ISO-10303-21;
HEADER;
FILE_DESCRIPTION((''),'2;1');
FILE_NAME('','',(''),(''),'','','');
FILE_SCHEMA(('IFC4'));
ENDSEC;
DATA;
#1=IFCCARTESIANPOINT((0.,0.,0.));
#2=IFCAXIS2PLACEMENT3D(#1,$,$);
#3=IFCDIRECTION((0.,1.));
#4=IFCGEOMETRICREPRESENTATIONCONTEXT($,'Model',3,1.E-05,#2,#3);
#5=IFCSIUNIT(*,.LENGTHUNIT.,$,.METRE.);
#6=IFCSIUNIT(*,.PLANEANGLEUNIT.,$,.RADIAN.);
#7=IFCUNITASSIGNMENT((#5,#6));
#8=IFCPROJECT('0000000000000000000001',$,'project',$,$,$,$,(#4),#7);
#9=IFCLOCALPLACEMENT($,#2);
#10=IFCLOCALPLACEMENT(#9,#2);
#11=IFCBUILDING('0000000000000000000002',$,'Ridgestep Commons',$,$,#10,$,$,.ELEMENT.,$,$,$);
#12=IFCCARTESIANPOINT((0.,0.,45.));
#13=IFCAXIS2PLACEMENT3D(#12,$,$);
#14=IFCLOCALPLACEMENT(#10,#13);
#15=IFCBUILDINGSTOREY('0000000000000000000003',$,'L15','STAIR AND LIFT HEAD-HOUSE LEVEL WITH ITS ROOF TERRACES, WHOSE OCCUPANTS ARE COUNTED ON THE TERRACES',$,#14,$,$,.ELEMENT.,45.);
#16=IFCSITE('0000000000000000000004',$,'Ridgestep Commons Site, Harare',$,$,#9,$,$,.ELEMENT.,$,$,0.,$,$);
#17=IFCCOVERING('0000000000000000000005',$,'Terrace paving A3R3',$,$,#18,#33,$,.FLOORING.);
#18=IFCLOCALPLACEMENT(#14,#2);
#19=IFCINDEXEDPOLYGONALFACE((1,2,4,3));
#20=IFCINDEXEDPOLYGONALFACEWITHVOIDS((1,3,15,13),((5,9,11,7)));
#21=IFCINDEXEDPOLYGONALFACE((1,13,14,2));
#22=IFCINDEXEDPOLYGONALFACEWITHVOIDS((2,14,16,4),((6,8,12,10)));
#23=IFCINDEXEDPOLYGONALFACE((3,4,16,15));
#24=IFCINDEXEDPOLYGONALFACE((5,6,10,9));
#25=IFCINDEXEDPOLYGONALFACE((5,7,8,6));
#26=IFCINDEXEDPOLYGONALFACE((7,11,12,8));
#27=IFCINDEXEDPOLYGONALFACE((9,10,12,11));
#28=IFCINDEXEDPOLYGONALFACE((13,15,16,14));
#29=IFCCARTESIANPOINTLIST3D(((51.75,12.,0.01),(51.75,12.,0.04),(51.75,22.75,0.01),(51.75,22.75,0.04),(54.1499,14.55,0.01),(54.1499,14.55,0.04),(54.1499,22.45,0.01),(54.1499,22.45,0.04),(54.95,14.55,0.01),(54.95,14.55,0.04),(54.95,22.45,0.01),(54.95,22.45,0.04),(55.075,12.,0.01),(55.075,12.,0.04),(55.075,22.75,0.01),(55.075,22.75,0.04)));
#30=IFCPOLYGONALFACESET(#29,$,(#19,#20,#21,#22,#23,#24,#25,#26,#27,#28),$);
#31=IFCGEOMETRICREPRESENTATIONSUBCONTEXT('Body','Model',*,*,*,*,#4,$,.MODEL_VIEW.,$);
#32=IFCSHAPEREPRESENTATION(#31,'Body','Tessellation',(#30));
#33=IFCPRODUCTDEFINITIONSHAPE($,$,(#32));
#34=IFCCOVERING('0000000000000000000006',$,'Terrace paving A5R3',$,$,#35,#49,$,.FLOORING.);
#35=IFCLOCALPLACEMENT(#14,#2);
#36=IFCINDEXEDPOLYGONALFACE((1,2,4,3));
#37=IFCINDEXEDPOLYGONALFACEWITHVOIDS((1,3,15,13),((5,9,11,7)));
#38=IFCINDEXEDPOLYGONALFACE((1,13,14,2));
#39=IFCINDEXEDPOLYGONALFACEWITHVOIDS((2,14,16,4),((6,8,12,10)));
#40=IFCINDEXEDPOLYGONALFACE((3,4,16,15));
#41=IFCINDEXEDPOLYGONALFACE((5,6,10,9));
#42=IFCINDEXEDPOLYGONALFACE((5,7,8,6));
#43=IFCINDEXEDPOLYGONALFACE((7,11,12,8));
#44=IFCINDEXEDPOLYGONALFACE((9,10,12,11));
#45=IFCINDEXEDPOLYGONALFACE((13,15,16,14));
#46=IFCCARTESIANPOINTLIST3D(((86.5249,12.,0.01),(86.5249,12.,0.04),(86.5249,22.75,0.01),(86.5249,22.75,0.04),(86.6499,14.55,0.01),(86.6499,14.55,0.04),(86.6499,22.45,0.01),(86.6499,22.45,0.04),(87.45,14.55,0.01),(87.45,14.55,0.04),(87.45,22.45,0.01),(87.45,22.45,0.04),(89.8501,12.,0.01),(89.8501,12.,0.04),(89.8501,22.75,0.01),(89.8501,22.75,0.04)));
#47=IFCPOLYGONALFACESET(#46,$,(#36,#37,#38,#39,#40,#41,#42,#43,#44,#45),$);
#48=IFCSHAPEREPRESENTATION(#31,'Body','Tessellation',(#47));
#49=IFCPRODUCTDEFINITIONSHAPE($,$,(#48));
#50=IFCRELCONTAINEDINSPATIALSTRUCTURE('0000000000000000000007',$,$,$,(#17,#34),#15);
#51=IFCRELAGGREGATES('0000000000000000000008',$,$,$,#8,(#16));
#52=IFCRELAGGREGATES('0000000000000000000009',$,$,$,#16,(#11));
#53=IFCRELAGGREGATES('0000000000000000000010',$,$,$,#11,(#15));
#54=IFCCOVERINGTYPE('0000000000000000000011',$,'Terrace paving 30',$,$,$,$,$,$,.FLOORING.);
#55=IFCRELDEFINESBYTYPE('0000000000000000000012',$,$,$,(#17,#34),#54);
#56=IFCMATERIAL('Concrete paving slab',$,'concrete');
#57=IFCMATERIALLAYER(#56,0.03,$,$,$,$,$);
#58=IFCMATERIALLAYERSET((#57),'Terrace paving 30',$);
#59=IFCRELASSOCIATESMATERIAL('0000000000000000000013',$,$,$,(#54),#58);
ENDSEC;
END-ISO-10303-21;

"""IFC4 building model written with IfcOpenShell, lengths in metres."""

from ifc_helpers import new_model, si_unit, direction, frame, origin, place, context, subcontext, project, spatial, polyline, outline, extrude, material, layer, layer_set, type_object, element, save


model = new_model("IFC4")

# Units and contexts
model_context = context("Model", 3, precision=1e-05, world=origin(), true_north=direction((0.0, 1.0)))
body_context = subcontext(model_context, "Body", "Model", "MODEL_VIEW")
ifc_project = project(units=[si_unit("LENGTHUNIT", "METRE"), si_unit("PLANEANGLEUNIT", "RADIAN")], contexts=[model_context])

# Site, building, storey
site_placement = place(None, origin())
site = spatial("IfcSite", under=ifc_project, at=site_placement, Name="Ridgestep Commons Site, Harare", CompositionType="ELEMENT", RefElevation=0.0)
building_placement = place(site_placement, origin())
building = spatial("IfcBuilding", under=site, at=building_placement, Name="Ridgestep Commons", CompositionType="ELEMENT")
storey_placement = place(building_placement, frame((0.0, 0.0, 45.0)))
storey = spatial("IfcBuildingStorey", under=building, at=storey_placement, Name="L15", Description="STAIR AND LIFT HEAD-HOUSE LEVEL WITH ITS ROOF TERRACES, WHOSE OCCUPANTS ARE COUNTED ON THE TERRACES", CompositionType="ELEMENT", Elevation=45.0)

# Coverings
ifc_material_1 = material(Name="Concrete paving slab", Category="concrete")
ifc_layer_1 = layer(ifc_material_1, 0.03)
ifc_layer_set_1 = layer_set([ifc_layer_1], Name="Terrace paving 30")
covering_type_1 = type_object("IfcCoveringType", Name="Terrace paving 30", PredefinedType="FLOORING", material=ifc_layer_set_1)
covering_1_placement = place(storey_placement, frame((0.0, 0.0, 0.01)))
element("IfcCovering", 1, at=covering_1_placement, inside=storey, type_object=covering_type_1, Name="Terrace paving A3R3", PredefinedType="FLOORING", context=body_context, shape_type="SweptSolid", body=[
    extrude(outline(polyline([(55.075, 12.0), (55.075, 22.75), (51.75, 22.75), (51.75, 12.0), (55.075, 12.0)]), holes=[polyline([(54.95, 14.55), (54.95, 22.45), (54.1499, 22.45), (54.1499, 14.55), (54.95, 14.55)])]), origin(), (0.0, 0.0, 1.0), 0.03),
])
covering_2_placement = place(storey_placement, frame((0.0, 0.0, 0.01)))
element("IfcCovering", 2, at=covering_2_placement, inside=storey, type_object=covering_type_1, Name="Terrace paving A5R3", PredefinedType="FLOORING", context=body_context, shape_type="SweptSolid", body=[
    extrude(outline(polyline([(89.8501, 12.0), (89.8501, 22.75), (86.5249, 22.75), (86.5249, 12.0), (89.8501, 12.0)]), holes=[polyline([(87.45, 14.55), (87.45, 22.45), (86.6499, 22.45), (86.6499, 14.55), (87.45, 14.55)])]), origin(), (0.0, 0.0, 1.0), 0.03),
])

save(model, "model.ifc")
